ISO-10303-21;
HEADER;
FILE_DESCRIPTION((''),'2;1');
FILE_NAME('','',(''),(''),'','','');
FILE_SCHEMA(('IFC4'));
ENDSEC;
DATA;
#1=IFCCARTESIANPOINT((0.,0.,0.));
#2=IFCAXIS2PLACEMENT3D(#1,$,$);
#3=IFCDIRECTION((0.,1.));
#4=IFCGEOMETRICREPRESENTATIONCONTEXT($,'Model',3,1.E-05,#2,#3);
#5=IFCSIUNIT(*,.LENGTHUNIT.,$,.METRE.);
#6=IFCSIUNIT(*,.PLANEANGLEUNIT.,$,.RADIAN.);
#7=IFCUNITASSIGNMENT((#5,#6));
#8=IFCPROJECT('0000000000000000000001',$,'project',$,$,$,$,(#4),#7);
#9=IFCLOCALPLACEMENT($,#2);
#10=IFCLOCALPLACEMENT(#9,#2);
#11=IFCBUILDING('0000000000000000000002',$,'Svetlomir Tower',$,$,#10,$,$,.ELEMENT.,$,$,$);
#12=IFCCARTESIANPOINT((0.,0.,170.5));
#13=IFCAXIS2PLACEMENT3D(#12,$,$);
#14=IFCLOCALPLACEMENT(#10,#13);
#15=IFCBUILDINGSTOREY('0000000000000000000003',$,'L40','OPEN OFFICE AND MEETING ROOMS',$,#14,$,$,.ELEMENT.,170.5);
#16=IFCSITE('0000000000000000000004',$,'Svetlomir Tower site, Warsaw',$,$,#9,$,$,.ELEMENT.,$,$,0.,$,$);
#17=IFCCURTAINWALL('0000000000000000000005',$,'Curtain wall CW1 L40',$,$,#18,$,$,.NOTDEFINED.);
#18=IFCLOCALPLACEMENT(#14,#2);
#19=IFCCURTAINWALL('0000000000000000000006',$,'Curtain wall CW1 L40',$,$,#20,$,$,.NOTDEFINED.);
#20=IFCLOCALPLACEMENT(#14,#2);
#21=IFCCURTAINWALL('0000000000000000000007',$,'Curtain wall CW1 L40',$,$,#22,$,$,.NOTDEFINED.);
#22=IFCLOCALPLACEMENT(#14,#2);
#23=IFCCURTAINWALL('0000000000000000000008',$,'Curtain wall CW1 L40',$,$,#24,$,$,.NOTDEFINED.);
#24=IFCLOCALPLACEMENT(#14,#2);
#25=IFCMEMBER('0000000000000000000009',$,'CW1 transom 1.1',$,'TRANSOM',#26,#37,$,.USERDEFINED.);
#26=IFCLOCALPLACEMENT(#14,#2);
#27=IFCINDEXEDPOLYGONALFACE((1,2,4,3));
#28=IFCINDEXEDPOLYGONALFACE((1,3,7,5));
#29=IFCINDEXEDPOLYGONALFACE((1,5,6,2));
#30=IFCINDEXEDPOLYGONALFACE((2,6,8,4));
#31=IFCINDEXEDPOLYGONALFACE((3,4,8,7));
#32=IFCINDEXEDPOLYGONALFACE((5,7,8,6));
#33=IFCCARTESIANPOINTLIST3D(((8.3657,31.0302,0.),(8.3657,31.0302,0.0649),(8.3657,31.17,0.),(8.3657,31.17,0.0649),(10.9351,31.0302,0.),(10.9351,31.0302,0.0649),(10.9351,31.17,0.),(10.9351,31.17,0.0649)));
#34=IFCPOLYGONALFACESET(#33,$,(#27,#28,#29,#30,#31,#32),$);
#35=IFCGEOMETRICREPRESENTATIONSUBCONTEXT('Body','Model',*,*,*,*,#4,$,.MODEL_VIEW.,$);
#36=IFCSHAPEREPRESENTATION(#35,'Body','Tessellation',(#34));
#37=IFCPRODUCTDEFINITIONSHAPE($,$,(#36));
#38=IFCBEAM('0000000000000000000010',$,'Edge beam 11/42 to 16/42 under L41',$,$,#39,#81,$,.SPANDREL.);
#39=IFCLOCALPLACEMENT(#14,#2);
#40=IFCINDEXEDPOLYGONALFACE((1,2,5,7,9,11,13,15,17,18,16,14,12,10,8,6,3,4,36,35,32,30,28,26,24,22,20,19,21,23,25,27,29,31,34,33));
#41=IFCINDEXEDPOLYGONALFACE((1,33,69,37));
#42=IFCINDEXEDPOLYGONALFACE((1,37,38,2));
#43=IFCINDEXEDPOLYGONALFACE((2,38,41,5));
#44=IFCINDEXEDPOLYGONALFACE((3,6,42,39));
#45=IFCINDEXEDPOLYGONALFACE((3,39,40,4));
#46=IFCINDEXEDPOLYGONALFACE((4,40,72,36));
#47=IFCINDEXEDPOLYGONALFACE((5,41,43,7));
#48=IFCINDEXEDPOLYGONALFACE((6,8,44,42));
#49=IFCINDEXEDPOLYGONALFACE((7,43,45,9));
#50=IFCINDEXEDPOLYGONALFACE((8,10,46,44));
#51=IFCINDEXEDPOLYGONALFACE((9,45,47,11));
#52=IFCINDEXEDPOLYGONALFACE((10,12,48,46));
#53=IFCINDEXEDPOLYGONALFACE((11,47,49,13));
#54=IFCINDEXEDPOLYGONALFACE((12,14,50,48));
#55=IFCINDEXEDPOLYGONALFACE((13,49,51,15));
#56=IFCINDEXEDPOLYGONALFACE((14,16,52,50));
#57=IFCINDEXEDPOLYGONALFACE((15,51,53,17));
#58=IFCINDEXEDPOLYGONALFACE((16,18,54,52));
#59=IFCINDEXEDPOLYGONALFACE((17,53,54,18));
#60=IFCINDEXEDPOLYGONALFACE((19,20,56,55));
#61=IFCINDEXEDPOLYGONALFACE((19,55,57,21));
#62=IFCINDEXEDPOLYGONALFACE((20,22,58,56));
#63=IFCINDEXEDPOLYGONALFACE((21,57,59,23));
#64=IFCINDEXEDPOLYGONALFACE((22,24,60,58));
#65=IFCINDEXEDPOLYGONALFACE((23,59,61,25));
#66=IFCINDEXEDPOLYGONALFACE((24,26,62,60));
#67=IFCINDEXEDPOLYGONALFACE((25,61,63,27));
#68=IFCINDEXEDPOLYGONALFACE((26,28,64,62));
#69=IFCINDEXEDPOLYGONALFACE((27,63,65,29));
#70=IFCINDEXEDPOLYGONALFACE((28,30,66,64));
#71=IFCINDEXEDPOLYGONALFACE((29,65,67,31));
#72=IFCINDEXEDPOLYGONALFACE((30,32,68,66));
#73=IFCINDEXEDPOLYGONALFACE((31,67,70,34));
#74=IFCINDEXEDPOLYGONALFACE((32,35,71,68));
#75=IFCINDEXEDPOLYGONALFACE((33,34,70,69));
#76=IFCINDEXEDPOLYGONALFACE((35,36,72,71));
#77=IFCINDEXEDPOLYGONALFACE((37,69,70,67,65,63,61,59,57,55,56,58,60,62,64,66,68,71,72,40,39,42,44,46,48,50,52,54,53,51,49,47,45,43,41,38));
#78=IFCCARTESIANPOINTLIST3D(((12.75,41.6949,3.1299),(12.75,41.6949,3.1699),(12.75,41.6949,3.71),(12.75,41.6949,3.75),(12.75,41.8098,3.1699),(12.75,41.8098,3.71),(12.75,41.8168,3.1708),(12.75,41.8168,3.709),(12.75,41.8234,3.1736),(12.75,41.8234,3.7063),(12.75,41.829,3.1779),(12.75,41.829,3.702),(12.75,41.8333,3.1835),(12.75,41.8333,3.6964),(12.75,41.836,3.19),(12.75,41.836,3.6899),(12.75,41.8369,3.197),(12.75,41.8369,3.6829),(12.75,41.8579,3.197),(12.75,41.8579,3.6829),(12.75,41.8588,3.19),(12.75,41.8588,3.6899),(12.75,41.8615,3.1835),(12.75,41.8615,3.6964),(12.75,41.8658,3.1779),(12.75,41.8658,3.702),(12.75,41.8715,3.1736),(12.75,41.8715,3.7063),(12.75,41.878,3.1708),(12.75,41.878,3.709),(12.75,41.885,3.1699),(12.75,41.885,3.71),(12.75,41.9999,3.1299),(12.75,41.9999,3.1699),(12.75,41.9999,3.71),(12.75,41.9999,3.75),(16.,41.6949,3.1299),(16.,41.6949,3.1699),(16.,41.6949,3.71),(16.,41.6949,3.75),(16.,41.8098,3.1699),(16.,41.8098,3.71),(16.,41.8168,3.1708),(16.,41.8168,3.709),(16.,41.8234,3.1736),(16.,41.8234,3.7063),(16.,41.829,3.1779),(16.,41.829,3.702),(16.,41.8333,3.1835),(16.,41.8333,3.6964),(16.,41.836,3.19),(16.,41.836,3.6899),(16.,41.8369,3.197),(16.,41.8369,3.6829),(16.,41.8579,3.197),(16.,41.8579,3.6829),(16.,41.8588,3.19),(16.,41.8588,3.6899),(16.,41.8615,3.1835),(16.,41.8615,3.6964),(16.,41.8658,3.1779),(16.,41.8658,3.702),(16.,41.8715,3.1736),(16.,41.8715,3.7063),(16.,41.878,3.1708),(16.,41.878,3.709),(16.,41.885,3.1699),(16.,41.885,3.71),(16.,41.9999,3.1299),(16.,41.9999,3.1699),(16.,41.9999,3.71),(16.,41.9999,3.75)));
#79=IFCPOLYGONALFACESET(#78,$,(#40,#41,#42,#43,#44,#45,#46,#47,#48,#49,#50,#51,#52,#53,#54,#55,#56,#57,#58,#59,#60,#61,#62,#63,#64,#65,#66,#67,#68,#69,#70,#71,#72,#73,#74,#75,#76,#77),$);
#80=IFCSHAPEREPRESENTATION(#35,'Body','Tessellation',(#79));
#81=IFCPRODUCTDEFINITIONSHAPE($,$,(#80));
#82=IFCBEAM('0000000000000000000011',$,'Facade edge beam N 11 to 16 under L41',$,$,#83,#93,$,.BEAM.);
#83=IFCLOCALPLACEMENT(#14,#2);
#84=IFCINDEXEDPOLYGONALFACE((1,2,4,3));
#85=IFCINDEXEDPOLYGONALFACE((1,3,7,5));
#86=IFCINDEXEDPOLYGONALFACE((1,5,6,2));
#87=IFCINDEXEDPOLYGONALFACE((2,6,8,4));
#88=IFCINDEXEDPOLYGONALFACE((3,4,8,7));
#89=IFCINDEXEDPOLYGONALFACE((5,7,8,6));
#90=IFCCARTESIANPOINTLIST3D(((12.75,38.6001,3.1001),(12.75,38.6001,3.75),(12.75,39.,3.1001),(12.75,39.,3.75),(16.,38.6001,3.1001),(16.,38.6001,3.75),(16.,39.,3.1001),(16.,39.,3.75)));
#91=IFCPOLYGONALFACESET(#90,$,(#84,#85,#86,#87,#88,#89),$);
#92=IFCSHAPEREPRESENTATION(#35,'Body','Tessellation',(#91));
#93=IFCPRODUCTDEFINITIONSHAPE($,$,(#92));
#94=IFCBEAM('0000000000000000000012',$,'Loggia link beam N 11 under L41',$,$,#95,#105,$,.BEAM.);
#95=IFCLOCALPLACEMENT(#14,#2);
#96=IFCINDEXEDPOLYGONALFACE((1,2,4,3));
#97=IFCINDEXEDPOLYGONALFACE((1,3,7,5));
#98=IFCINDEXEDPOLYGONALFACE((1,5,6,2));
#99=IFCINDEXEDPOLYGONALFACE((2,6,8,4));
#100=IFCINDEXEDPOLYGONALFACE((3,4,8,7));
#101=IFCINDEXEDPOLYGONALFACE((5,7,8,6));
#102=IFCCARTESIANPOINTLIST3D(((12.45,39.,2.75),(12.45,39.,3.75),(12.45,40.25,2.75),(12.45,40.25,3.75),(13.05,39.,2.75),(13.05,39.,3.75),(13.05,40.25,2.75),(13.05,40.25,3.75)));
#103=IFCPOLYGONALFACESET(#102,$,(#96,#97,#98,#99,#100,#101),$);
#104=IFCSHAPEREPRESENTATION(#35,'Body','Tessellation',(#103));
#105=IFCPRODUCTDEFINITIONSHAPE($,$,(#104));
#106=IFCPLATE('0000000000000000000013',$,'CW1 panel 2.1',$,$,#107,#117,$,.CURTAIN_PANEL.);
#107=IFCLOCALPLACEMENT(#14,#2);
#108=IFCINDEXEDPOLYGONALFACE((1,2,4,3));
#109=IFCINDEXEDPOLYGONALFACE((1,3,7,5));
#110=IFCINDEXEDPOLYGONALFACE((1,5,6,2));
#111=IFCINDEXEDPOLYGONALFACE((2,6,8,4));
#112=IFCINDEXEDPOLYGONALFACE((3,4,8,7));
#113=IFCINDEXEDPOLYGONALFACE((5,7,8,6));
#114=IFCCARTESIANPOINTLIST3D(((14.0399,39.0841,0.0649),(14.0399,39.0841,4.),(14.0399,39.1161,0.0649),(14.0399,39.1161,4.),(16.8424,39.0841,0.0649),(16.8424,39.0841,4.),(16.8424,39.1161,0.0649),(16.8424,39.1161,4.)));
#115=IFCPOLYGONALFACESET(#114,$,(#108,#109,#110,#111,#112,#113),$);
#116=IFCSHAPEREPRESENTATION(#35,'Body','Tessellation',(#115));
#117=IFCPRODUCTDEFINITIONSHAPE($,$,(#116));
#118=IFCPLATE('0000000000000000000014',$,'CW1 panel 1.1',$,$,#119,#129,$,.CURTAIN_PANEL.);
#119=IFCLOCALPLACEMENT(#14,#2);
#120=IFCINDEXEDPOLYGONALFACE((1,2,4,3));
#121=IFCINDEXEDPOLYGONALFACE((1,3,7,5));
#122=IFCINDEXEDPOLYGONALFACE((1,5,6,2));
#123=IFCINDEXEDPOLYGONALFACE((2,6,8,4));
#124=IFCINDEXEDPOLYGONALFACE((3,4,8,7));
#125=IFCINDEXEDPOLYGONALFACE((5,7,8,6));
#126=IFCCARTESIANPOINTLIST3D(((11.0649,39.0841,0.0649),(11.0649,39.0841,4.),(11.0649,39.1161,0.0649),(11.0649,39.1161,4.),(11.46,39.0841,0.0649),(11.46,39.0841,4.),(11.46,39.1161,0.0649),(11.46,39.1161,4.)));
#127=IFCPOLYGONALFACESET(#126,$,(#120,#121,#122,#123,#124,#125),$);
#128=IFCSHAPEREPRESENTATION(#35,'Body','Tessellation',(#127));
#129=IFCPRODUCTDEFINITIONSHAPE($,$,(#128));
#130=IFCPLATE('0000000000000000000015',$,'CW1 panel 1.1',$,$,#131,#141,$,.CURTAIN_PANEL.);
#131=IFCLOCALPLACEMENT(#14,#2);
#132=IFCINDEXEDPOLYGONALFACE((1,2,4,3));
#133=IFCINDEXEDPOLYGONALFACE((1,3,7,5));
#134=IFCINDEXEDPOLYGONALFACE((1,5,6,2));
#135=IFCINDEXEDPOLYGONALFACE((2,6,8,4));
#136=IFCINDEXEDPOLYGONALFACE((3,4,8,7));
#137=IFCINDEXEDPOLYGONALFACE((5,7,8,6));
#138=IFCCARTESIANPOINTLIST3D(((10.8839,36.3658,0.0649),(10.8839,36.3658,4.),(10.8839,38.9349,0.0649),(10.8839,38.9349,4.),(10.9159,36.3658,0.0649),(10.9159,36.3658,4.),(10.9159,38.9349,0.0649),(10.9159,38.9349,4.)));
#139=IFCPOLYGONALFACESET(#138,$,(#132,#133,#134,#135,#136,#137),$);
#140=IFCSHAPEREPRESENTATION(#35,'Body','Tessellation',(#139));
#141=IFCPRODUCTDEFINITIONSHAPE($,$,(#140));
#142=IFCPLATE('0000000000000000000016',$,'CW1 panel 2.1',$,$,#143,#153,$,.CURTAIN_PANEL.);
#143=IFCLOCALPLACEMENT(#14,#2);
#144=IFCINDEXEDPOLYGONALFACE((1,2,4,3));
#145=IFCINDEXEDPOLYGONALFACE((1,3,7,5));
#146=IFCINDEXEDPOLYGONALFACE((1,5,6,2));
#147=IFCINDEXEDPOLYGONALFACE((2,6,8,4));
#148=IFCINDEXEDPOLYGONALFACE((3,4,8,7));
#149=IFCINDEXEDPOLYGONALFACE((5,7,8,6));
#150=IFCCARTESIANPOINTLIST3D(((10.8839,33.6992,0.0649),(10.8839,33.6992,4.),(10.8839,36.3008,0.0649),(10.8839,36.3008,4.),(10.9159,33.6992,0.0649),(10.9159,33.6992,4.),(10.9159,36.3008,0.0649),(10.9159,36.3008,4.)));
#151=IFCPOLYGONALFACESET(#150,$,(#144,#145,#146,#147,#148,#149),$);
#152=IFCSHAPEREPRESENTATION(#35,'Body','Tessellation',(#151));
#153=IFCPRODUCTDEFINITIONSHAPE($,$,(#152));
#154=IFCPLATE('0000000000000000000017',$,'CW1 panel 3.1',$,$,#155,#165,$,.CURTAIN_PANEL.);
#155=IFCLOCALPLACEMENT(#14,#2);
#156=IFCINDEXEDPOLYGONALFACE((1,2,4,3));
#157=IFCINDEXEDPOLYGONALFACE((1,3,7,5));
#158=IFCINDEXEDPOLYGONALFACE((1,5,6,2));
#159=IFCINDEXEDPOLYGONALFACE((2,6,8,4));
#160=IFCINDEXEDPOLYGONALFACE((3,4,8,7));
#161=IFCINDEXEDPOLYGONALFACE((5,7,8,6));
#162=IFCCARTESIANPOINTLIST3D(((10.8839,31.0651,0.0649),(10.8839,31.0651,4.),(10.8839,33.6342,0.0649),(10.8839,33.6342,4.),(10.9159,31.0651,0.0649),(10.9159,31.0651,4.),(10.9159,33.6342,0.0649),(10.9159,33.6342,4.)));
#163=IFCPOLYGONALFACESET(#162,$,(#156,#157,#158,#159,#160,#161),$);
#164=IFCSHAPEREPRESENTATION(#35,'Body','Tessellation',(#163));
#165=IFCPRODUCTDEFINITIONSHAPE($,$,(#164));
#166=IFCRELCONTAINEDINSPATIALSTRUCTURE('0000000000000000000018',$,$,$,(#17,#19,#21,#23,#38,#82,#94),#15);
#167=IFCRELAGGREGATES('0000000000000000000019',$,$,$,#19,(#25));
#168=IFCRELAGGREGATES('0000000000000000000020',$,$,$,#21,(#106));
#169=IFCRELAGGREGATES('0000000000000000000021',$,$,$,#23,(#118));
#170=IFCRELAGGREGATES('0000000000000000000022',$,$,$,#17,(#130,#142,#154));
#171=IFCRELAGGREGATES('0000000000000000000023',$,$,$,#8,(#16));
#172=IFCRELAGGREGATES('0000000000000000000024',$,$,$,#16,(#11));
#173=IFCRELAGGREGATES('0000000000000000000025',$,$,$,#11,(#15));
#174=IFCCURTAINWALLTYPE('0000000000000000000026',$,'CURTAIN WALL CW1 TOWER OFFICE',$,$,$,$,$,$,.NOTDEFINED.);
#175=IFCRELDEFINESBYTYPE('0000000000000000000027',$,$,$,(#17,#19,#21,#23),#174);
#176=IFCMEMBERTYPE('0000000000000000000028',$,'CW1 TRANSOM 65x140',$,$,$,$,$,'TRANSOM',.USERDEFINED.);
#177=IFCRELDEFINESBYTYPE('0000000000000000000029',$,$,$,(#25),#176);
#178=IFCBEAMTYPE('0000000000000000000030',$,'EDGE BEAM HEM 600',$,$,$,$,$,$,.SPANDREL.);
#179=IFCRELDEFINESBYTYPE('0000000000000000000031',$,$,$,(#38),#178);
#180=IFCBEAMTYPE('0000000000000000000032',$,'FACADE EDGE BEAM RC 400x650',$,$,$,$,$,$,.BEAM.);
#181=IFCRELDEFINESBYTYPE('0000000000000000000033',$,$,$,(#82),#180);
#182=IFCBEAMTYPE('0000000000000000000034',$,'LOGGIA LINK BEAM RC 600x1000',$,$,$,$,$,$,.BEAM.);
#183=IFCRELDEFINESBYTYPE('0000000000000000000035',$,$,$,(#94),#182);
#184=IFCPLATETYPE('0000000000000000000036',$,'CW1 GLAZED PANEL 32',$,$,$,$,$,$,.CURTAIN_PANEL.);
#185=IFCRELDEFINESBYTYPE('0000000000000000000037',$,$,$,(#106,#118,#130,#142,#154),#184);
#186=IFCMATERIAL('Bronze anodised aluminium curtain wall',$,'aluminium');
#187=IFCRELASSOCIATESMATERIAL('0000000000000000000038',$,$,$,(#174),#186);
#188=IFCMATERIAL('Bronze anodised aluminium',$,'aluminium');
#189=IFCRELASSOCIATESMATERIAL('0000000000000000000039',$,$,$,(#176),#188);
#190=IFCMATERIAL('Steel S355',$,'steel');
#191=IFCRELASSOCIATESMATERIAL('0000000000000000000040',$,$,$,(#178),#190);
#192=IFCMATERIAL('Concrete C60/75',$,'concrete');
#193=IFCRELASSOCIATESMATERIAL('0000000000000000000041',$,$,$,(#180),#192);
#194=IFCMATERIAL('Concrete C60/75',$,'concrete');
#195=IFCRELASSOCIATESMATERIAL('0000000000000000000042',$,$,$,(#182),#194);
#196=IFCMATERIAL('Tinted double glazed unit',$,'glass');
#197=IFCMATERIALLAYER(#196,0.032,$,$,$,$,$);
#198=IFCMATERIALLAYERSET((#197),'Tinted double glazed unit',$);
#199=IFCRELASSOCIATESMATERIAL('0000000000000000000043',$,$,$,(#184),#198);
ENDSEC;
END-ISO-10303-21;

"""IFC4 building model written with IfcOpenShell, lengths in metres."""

from ifc_helpers import new_model, si_unit, direction, frame, origin, origin_2d, place, context, subcontext, project, spatial, rectangle, i_section, extrude, material, layer, layer_set, material_profile, profile_set, type_object, element, aggregate, save


model = new_model("IFC4")

# Units and contexts
model_context = context("Model", 3, precision=1e-05, world=origin(), true_north=direction((0.0, 1.0)))
body_context = subcontext(model_context, "Body", "Model", "MODEL_VIEW")
ifc_project = project(units=[si_unit("LENGTHUNIT", "METRE"), si_unit("PLANEANGLEUNIT", "RADIAN")], contexts=[model_context])

# Site, building, storey
site_placement = place(None, origin())
site = spatial("IfcSite", under=ifc_project, at=site_placement, Name="Svetlomir Tower site, Warsaw", CompositionType="ELEMENT", RefElevation=0.0)
building_placement = place(site_placement, origin())
building = spatial("IfcBuilding", under=site, at=building_placement, Name="Svetlomir Tower", CompositionType="ELEMENT")
storey_placement = place(building_placement, frame((0.0, 0.0, 170.5)))
storey = spatial("IfcBuildingStorey", under=building, at=storey_placement, Name="L40", Description="OPEN OFFICE AND MEETING ROOMS", CompositionType="ELEMENT", Elevation=170.5)

# Curtain walls
ifc_material_1 = material(Name="Bronze anodised aluminium curtain wall", Category="aluminium")
curtain_wall_type = type_object("IfcCurtainWallType", Name="CURTAIN WALL CW1 TOWER OFFICE", PredefinedType="NOTDEFINED", material=ifc_material_1)
curtain_wall_1_placement = place(storey_placement, origin())
curtain_wall_1 = element("IfcCurtainWall", 1, at=curtain_wall_1_placement, inside=storey, type_object=curtain_wall_type, Name="Curtain wall CW1 L40", PredefinedType="NOTDEFINED")
curtain_wall_2_placement = place(storey_placement, origin())
curtain_wall_2 = element("IfcCurtainWall", 2, at=curtain_wall_2_placement, inside=storey, type_object=curtain_wall_type, Name="Curtain wall CW1 L40", PredefinedType="NOTDEFINED")
curtain_wall_3_placement = place(storey_placement, origin())
curtain_wall_3 = element("IfcCurtainWall", 3, at=curtain_wall_3_placement, inside=storey, type_object=curtain_wall_type, Name="Curtain wall CW1 L40", PredefinedType="NOTDEFINED")

# Curtain wall
curtain_wall_4_placement = place(storey_placement, origin())
curtain_wall_4 = element("IfcCurtainWall", 4, at=curtain_wall_4_placement, inside=storey, type_object=curtain_wall_type, Name="Curtain wall CW1 L40", PredefinedType="NOTDEFINED")

# Member
ifc_material_2 = material(Name="Bronze anodised aluminium", Category="aluminium")
ifc_material_profile_1 = material_profile(ifc_material_2, rectangle(XDim=0.1399, YDim=0.0649, at=origin_2d()), Name="AL 140x65")
ifc_profile_set_1 = profile_set([ifc_material_profile_1], Name="Bronze anodised aluminium 6063-T6")
member_type_1 = type_object("IfcMemberType", Name="CW1 TRANSOM 65x140", ElementType="TRANSOM", PredefinedType="USERDEFINED", material=ifc_profile_set_1)
member_1_placement = place(storey_placement, frame((10.9351, 31.1001, 0.0325), z_axis=(-1.0, 0.0, 0.0), x_axis=(0.0, -1.0, 0.0)))
member_1 = element("IfcMember", 5, at=member_1_placement, type_object=member_type_1, Name="CW1 transom 1.1", ObjectType="TRANSOM", PredefinedType="USERDEFINED", context=body_context, shape_type="SweptSolid", body=[
    extrude(rectangle(XDim=0.1399, YDim=0.0649, at=origin_2d()), origin(), (0.0, 0.0, 1.0), 2.5693),
])
aggregate(curtain_wall_2, [member_1])

# Beams
ifc_material_3 = material(Name="Steel S355", Category="steel")
ifc_material_profile_2 = material_profile(ifc_material_3, i_section(OverallWidth=0.3049, OverallDepth=0.6201, WebThickness=0.021, FlangeThickness=0.04, FilletRadius=0.0271, at=origin_2d()), Name="HEM 600")
ifc_profile_set_2 = profile_set([ifc_material_profile_2], Name="Steel S355")
beam_type_1 = type_object("IfcBeamType", Name="EDGE BEAM HEM 600", PredefinedType="SPANDREL", material=ifc_profile_set_2)
beam_1_placement = place(storey_placement, frame((12.75, 41.8474, 3.4399), z_axis=(1.0, 0.0, 0.0), x_axis=(0.0, 1.0, 0.0)))
element("IfcBeam", 6, at=beam_1_placement, inside=storey, type_object=beam_type_1, Name="Edge beam 11/42 to 16/42 under L41", PredefinedType="SPANDREL", context=body_context, shape_type="SweptSolid", body=[
    extrude(i_section(OverallWidth=0.3049, OverallDepth=0.6201, WebThickness=0.021, FlangeThickness=0.04, FilletRadius=0.0271, at=origin_2d()), origin(), (0.0, 0.0, 1.0), 3.25),
])
ifc_material_4 = material(Name="Concrete C60/75", Category="concrete")
ifc_material_profile_3 = material_profile(ifc_material_4, rectangle(XDim=0.3999, YDim=0.6499, at=origin_2d()), Name="RC 400x650")
ifc_profile_set_3 = profile_set([ifc_material_profile_3], Name="Concrete C60/75")
beam_type_2 = type_object("IfcBeamType", Name="FACADE EDGE BEAM RC 400x650", PredefinedType="BEAM", material=ifc_profile_set_3)
beam_2_placement = place(storey_placement, frame((12.75, 38.8, 3.425), z_axis=(1.0, 0.0, 0.0), x_axis=(0.0, 1.0, 0.0)))
element("IfcBeam", 7, at=beam_2_placement, inside=storey, type_object=beam_type_2, Name="Facade edge beam N 11 to 16 under L41", PredefinedType="BEAM", context=body_context, shape_type="SweptSolid", body=[
    extrude(rectangle(XDim=0.3999, YDim=0.6499, at=origin_2d()), origin(), (0.0, 0.0, 1.0), 3.25),
])
ifc_material_5 = material(Name="Concrete C60/75", Category="concrete")
ifc_material_profile_4 = material_profile(ifc_material_5, rectangle(XDim=0.6001, YDim=1.0, at=origin_2d()), Name="RC 600x1000")
ifc_profile_set_4 = profile_set([ifc_material_profile_4], Name="Concrete C60/75")
beam_type_3 = type_object("IfcBeamType", Name="LOGGIA LINK BEAM RC 600x1000", PredefinedType="BEAM", material=ifc_profile_set_4)
beam_3_placement = place(storey_placement, frame((12.75, 40.25, 3.25), z_axis=(0.0, -1.0, 0.0), x_axis=(1.0, 0.0, 0.0)))
element("IfcBeam", 8, at=beam_3_placement, inside=storey, type_object=beam_type_3, Name="Loggia link beam N 11 under L41", PredefinedType="BEAM", context=body_context, shape_type="SweptSolid", body=[
    extrude(rectangle(XDim=0.6001, YDim=1.0, at=origin_2d()), origin(), (0.0, 0.0, 1.0), 1.25),
])

# Plates
ifc_material_6 = material(Name="Tinted double glazed unit", Category="glass")
ifc_layer_1 = layer(ifc_material_6, 0.032)
ifc_layer_set_1 = layer_set([ifc_layer_1], Name="Tinted double glazed unit")
plate_type = type_object("IfcPlateType", Name="CW1 GLAZED PANEL 32", PredefinedType="CURTAIN_PANEL", material=ifc_layer_set_1)
plate_1_placement = place(storey_placement, frame((15.4412, 39.1001, 0.0649), z_axis=(0.0, 0.0, 1.0), x_axis=(-1.0, 0.0, 0.0)))
plate_1 = element("IfcPlate", 9, at=plate_1_placement, type_object=plate_type, Name="CW1 panel 2.1", PredefinedType="CURTAIN_PANEL", context=body_context, shape_type="SweptSolid", body=[
    extrude(rectangle(XDim=2.8025, YDim=0.032, at=origin_2d()), origin(), (0.0, 0.0, 1.0), 3.9351),
])
aggregate(curtain_wall_3, [plate_1])
plate_2_placement = place(storey_placement, frame((11.2625, 39.1001, 0.0649), z_axis=(0.0, 0.0, 1.0), x_axis=(-1.0, 0.0, 0.0)))
plate_2 = element("IfcPlate", 10, at=plate_2_placement, type_object=plate_type, Name="CW1 panel 1.1", PredefinedType="CURTAIN_PANEL", context=body_context, shape_type="SweptSolid", body=[
    extrude(rectangle(XDim=0.395, YDim=0.032, at=origin_2d()), origin(), (0.0, 0.0, 1.0), 3.9351),
])
aggregate(curtain_wall_4, [plate_2])
plate_3_placement = place(storey_placement, frame((10.8999, 37.6504, 0.0649), z_axis=(0.0, 0.0, 1.0), x_axis=(0.0, -1.0, 0.0)))
plate_3 = element("IfcPlate", 11, at=plate_3_placement, type_object=plate_type, Name="CW1 panel 1.1", PredefinedType="CURTAIN_PANEL", context=body_context, shape_type="SweptSolid", body=[
    extrude(rectangle(XDim=2.5691, YDim=0.032, at=origin_2d()), origin(), (0.0, 0.0, 1.0), 3.9351),
])
plate_4_placement = place(storey_placement, frame((10.8999, 35.0, 0.0649), z_axis=(0.0, 0.0, 1.0), x_axis=(0.0, -1.0, 0.0)))
plate_4 = element("IfcPlate", 12, at=plate_4_placement, type_object=plate_type, Name="CW1 panel 2.1", PredefinedType="CURTAIN_PANEL", context=body_context, shape_type="SweptSolid", body=[
    extrude(rectangle(XDim=2.6016, YDim=0.032, at=origin_2d()), origin(), (0.0, 0.0, 1.0), 3.9351),
])
plate_5_placement = place(storey_placement, frame((10.8999, 32.3496, 0.0649), z_axis=(0.0, 0.0, 1.0), x_axis=(0.0, -1.0, 0.0)))
plate_5 = element("IfcPlate", 13, at=plate_5_placement, type_object=plate_type, Name="CW1 panel 3.1", PredefinedType="CURTAIN_PANEL", context=body_context, shape_type="SweptSolid", body=[
    extrude(rectangle(XDim=2.5691, YDim=0.032, at=origin_2d()), origin(), (0.0, 0.0, 1.0), 3.9351),
])
aggregate(curtain_wall_1, [plate_3, plate_4, plate_5])

save(model, "model.ifc")
